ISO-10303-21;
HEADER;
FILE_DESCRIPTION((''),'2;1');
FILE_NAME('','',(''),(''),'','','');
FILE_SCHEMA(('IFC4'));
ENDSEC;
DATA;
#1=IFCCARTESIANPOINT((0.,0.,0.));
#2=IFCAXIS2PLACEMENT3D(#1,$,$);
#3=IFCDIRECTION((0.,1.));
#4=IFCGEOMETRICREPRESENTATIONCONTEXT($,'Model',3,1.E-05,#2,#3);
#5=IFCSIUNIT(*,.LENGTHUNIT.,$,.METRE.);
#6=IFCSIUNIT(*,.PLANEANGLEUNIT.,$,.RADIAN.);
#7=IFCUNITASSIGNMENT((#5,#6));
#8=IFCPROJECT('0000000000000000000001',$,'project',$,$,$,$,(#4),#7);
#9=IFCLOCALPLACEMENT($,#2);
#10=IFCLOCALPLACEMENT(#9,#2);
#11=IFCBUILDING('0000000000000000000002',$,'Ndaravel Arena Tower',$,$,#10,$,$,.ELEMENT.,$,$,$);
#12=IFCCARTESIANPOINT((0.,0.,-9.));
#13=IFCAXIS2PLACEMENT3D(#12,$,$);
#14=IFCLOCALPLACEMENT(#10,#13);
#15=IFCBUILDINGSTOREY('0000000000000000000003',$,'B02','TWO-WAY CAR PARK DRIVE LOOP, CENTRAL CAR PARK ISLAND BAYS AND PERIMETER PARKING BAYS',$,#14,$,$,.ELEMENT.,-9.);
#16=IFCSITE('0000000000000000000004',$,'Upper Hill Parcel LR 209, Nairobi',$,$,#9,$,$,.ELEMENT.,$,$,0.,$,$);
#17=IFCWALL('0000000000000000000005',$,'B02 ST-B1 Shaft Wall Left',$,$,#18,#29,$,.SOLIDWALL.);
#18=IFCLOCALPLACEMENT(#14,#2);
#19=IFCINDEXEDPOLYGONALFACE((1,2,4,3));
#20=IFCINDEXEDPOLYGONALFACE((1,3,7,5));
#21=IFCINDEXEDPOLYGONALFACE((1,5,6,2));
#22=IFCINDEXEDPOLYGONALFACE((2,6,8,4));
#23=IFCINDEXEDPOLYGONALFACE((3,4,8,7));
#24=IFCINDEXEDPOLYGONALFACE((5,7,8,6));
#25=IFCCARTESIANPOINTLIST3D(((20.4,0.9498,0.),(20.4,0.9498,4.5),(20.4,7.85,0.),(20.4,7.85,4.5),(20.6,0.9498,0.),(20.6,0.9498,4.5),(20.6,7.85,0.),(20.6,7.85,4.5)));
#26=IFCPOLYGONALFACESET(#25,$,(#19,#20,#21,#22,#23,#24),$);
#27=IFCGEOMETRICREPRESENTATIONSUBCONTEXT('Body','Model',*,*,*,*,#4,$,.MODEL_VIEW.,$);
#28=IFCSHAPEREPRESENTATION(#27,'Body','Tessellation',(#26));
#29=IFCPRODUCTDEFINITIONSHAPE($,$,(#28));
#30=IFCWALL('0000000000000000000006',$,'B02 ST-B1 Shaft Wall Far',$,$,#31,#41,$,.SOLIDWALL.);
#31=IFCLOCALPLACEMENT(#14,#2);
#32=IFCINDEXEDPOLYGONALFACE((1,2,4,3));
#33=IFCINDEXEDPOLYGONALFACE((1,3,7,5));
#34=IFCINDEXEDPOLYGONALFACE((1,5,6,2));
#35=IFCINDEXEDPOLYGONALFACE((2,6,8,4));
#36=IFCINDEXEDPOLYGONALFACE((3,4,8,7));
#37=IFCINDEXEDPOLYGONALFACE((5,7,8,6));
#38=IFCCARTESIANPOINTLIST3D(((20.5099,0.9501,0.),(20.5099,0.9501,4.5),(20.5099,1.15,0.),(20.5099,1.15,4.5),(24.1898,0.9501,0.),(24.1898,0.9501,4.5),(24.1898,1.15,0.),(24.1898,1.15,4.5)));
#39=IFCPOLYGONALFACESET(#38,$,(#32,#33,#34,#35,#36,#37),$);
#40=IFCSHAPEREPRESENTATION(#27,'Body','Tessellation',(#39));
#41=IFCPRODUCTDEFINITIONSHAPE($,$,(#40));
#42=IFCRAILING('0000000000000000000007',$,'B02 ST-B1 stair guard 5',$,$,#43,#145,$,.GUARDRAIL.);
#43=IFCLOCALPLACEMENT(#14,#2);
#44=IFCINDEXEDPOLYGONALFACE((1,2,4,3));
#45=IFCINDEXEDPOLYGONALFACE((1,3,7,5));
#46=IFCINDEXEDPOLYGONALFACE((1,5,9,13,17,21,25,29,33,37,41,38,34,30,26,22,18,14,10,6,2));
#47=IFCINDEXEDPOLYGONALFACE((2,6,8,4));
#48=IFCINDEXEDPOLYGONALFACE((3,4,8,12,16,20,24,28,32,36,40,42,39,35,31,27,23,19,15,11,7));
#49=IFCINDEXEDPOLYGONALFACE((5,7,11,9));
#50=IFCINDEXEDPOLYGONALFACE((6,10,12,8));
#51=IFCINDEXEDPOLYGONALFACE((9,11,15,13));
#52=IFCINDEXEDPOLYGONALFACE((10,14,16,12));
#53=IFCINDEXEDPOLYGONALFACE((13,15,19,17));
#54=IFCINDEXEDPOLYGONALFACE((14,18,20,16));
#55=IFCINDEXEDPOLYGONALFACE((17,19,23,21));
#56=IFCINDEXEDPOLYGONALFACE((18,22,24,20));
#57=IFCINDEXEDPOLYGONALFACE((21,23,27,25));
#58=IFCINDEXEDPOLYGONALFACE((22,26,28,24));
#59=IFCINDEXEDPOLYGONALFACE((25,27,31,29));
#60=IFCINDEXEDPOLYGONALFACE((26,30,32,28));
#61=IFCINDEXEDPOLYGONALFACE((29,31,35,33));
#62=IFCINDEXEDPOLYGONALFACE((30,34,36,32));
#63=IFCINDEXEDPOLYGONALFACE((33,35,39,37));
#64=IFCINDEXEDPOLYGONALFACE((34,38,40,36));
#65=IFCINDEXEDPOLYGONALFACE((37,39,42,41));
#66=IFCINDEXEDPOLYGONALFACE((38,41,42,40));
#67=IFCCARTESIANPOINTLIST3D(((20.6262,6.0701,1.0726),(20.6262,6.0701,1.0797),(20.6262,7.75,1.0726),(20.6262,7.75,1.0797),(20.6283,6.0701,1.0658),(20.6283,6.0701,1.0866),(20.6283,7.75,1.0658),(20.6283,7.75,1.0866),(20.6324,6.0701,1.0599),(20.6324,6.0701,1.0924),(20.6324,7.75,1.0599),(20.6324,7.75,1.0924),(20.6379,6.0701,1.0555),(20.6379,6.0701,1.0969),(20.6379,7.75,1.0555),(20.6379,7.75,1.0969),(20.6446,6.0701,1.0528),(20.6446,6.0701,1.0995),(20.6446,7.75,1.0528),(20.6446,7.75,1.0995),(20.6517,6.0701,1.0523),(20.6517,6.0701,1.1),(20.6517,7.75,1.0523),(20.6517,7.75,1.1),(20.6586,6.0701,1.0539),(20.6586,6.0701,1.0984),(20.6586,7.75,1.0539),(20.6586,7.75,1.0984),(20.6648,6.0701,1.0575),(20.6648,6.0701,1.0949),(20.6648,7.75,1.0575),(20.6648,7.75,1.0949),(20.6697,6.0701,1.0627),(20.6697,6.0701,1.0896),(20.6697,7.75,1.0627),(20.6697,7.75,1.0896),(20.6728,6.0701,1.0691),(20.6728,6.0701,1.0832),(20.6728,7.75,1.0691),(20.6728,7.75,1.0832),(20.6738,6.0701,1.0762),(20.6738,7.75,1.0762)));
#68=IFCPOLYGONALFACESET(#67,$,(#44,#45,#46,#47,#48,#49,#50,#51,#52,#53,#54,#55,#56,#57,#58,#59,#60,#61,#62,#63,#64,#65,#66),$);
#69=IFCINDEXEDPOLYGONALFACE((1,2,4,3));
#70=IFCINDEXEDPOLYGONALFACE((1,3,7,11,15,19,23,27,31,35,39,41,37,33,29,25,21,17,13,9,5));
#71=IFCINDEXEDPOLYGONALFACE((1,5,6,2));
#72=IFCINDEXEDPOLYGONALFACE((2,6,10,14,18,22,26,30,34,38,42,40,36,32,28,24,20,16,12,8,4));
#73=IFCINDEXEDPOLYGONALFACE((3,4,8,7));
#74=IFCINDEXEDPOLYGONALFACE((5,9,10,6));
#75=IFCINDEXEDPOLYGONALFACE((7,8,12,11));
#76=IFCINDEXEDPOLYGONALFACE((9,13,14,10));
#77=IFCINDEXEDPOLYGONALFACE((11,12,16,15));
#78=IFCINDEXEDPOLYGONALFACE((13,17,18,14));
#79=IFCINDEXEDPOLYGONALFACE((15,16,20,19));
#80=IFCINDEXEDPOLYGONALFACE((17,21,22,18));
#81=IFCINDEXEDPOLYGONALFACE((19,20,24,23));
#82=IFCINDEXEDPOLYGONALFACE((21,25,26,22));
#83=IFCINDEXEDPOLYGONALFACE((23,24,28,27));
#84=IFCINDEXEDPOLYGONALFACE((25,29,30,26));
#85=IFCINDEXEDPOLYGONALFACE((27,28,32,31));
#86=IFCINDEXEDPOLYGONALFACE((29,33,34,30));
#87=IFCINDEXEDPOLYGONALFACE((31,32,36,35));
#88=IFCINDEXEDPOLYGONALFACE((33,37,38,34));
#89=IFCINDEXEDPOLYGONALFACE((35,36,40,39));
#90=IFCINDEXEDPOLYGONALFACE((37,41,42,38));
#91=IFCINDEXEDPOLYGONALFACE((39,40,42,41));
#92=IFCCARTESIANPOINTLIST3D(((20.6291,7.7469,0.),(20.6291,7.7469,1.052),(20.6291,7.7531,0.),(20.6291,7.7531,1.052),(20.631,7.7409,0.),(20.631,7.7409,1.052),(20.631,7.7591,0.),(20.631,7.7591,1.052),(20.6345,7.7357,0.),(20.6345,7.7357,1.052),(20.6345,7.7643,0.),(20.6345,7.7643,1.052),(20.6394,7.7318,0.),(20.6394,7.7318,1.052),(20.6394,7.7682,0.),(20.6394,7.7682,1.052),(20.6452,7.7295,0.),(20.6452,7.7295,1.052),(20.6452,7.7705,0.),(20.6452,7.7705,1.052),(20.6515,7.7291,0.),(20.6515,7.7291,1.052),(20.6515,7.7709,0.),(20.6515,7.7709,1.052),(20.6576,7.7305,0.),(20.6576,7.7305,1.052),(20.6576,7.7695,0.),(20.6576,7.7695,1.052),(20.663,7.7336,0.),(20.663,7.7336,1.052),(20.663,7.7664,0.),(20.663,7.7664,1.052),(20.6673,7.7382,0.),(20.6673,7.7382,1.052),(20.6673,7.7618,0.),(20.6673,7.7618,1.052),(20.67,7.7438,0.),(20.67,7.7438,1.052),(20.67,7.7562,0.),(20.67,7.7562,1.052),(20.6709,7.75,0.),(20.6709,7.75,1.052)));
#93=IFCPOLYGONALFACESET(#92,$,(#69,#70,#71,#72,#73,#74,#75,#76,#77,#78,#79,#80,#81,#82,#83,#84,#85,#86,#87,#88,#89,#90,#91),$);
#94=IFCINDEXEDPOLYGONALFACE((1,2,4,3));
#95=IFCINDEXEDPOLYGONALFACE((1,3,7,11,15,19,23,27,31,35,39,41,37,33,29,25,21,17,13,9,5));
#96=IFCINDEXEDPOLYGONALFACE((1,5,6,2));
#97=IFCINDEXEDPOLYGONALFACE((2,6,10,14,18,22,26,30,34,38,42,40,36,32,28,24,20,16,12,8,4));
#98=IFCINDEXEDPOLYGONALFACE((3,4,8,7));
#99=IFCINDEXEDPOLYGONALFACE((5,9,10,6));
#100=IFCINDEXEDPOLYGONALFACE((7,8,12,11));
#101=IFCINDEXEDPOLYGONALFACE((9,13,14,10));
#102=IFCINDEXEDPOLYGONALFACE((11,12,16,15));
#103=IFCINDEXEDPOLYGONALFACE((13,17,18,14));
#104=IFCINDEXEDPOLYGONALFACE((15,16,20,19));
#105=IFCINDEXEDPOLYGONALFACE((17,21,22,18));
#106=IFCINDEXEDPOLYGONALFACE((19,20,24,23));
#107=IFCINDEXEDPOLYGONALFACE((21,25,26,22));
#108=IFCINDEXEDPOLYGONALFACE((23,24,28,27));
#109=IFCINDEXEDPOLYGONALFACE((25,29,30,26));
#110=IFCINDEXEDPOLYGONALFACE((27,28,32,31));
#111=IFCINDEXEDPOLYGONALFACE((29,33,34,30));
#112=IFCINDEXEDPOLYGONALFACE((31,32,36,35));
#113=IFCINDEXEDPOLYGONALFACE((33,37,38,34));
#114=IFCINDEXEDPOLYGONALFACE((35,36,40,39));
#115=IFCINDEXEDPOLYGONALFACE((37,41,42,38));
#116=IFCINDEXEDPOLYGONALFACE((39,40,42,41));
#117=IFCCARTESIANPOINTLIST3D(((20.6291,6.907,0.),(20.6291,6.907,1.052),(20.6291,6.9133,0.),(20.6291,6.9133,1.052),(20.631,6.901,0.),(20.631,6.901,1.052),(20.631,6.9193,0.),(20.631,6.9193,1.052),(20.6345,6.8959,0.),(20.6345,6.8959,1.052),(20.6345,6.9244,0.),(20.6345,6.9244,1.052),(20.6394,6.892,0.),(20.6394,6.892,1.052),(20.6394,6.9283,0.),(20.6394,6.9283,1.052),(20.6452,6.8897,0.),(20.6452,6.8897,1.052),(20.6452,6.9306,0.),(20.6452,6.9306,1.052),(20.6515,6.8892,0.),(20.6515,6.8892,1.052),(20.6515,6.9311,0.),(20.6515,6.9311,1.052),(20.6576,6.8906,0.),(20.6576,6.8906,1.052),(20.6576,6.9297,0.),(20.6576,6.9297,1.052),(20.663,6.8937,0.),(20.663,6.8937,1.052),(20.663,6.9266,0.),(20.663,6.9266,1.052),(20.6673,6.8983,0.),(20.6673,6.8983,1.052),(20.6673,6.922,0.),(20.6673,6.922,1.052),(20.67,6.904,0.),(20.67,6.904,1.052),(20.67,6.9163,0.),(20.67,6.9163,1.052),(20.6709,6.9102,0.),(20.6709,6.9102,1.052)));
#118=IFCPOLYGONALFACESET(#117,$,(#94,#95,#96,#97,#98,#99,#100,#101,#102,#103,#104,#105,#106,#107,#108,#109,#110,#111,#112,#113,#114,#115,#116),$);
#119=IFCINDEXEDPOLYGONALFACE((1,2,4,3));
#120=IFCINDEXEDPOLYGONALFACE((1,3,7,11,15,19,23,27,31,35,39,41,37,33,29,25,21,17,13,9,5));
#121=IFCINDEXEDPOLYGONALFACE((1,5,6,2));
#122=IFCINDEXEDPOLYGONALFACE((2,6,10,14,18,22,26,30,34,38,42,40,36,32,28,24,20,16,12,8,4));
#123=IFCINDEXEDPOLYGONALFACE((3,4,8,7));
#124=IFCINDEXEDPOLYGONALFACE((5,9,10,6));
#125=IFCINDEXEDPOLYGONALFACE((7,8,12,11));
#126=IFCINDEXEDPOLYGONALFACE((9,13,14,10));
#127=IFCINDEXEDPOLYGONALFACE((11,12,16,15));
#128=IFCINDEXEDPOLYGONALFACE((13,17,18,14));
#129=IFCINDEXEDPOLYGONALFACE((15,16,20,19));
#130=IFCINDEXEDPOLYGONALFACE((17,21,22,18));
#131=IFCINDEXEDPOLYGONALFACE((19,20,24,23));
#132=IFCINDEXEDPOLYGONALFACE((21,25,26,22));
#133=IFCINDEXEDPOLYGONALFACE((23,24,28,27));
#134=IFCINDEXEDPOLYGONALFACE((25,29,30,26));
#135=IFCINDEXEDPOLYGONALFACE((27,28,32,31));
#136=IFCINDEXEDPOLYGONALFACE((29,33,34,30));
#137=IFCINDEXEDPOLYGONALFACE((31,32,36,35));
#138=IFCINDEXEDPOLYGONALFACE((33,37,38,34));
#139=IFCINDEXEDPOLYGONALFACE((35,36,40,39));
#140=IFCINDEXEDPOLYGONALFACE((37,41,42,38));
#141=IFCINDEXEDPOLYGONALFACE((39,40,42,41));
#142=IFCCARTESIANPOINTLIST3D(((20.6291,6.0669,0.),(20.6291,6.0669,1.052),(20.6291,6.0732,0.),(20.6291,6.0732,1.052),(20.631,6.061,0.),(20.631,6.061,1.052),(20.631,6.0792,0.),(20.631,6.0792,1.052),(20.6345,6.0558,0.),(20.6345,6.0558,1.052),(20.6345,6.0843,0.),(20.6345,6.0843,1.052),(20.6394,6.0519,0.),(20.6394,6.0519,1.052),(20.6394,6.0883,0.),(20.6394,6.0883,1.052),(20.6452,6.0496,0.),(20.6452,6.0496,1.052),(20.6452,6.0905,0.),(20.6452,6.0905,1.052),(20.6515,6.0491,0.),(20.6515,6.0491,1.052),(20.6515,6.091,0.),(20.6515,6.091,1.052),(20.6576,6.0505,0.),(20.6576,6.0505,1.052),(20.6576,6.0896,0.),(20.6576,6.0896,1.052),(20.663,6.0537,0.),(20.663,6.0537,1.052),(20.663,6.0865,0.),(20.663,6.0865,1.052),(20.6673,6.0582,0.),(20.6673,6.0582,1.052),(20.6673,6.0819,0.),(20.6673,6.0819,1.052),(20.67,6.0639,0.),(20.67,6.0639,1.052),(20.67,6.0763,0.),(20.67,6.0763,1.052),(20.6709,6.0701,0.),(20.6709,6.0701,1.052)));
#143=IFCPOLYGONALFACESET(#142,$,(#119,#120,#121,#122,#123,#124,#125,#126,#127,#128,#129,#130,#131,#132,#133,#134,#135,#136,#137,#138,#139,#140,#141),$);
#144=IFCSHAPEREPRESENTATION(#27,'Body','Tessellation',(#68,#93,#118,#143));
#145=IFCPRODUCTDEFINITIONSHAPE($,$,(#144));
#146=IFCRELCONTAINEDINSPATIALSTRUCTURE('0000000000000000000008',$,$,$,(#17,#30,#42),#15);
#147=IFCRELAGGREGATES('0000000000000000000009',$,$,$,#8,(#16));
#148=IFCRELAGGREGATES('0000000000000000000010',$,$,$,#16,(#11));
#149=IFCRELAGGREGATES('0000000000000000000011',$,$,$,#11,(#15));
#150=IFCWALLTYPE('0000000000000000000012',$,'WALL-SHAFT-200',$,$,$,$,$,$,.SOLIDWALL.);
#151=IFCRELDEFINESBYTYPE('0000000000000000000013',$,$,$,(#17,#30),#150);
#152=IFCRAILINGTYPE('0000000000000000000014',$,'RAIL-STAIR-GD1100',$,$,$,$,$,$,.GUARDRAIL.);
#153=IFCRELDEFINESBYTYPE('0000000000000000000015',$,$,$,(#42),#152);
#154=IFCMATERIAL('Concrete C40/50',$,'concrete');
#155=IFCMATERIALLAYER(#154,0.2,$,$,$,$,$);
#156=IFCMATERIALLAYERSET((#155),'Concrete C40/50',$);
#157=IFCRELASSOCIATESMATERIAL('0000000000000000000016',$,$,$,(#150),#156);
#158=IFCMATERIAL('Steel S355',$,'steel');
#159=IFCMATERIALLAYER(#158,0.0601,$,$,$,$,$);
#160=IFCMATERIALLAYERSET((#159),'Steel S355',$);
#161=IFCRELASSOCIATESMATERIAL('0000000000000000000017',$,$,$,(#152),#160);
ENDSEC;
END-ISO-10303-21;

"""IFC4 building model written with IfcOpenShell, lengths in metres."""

from ifc_helpers import new_model, si_unit, direction, frame, frame_2d, origin, origin_2d, place, context, subcontext, project, spatial, rectangle, circle, extrude, material, layer, layer_set, type_object, element, save


model = new_model("IFC4")

# Units and contexts
model_context = context("Model", 3, precision=1e-05, world=origin(), true_north=direction((0.0, 1.0)))
body_context = subcontext(model_context, "Body", "Model", "MODEL_VIEW")
ifc_project = project(units=[si_unit("LENGTHUNIT", "METRE"), si_unit("PLANEANGLEUNIT", "RADIAN")], contexts=[model_context])

# Site, building, storey
site_placement = place(None, origin())
site = spatial("IfcSite", under=ifc_project, at=site_placement, Name="Upper Hill Parcel LR 209, Nairobi", CompositionType="ELEMENT", RefElevation=0.0)
building_placement = place(site_placement, origin())
building = spatial("IfcBuilding", under=site, at=building_placement, Name="Ndaravel Arena Tower", CompositionType="ELEMENT")
storey_placement = place(building_placement, frame((0.0, 0.0, -9.0)))
storey = spatial("IfcBuildingStorey", under=building, at=storey_placement, Name="B02", Description="TWO-WAY CAR PARK DRIVE LOOP, CENTRAL CAR PARK ISLAND BAYS AND PERIMETER PARKING BAYS", CompositionType="ELEMENT", Elevation=-9.0)

# Walls
ifc_material_1 = material(Name="Concrete C40/50", Category="concrete")
ifc_layer_1 = layer(ifc_material_1, 0.2)
ifc_layer_set_1 = layer_set([ifc_layer_1], Name="Concrete C40/50")
wall_type_1 = type_object("IfcWallType", Name="WALL-SHAFT-200", PredefinedType="SOLIDWALL", material=ifc_layer_set_1)
wall_1_placement = place(storey_placement, frame((20.5, 7.8501, 0.0), z_axis=(0.0, 0.0, 1.0), x_axis=(0.0, -1.0, 0.0)))
element("IfcWall", 1, at=wall_1_placement, inside=storey, type_object=wall_type_1, Name="B02 ST-B1 Shaft Wall Left", PredefinedType="SOLIDWALL", context=body_context, shape_type="SweptSolid", body=[
    extrude(rectangle(XDim=6.9001, YDim=0.2, at=frame_2d((3.4502, 0.0))), origin(), (0.0, 0.0, 1.0), 4.5),
])
wall_2_placement = place(storey_placement, frame((20.51, 1.05, 0.0), z_axis=(0.0, 0.0, 1.0), x_axis=(1.0, 0.0, 0.0)))
element("IfcWall", 2, at=wall_2_placement, inside=storey, type_object=wall_type_1, Name="B02 ST-B1 Shaft Wall Far", PredefinedType="SOLIDWALL", context=body_context, shape_type="SweptSolid", body=[
    extrude(rectangle(XDim=3.6799, YDim=0.2, at=frame_2d((1.8398, 0.0))), origin(), (0.0, 0.0, 1.0), 4.5),
])

# Railing
ifc_material_2 = material(Name="Steel S355", Category="steel")
ifc_layer_2 = layer(ifc_material_2, 0.0601)
ifc_layer_set_2 = layer_set([ifc_layer_2], Name="Steel S355")
railing_type_1 = type_object("IfcRailingType", Name="RAIL-STAIR-GD1100", PredefinedType="GUARDRAIL", material=ifc_layer_set_2)
railing_1_placement = place(storey_placement, frame((20.6499, 7.75, 0.0)))
element("IfcRailing", 3, at=railing_1_placement, inside=storey, type_object=railing_type_1, Name="B02 ST-B1 stair guard 5", PredefinedType="GUARDRAIL", context=body_context, shape_type="SweptSolid", body=[
    extrude(circle(Radius=0.0239, at=origin_2d()), frame((0.0, 0.0, 1.0762), z_axis=(0.0, -1.0, 0.0), x_axis=(1.0, 0.0, 0.0)), (0.0, 0.0, 1.0), 1.6799),
    extrude(circle(Radius=0.021, at=origin_2d()), origin(), (0.0, 0.0, 1.0), 1.052),
    extrude(circle(Radius=0.021, at=origin_2d()), frame((0.0, -0.8398, 0.0)), (0.0, 0.0, 1.0), 1.052),
    extrude(circle(Radius=0.021, at=origin_2d()), frame((0.0, -1.6799, 0.0)), (0.0, 0.0, 1.0), 1.052),
])

save(model, "model.ifc")
